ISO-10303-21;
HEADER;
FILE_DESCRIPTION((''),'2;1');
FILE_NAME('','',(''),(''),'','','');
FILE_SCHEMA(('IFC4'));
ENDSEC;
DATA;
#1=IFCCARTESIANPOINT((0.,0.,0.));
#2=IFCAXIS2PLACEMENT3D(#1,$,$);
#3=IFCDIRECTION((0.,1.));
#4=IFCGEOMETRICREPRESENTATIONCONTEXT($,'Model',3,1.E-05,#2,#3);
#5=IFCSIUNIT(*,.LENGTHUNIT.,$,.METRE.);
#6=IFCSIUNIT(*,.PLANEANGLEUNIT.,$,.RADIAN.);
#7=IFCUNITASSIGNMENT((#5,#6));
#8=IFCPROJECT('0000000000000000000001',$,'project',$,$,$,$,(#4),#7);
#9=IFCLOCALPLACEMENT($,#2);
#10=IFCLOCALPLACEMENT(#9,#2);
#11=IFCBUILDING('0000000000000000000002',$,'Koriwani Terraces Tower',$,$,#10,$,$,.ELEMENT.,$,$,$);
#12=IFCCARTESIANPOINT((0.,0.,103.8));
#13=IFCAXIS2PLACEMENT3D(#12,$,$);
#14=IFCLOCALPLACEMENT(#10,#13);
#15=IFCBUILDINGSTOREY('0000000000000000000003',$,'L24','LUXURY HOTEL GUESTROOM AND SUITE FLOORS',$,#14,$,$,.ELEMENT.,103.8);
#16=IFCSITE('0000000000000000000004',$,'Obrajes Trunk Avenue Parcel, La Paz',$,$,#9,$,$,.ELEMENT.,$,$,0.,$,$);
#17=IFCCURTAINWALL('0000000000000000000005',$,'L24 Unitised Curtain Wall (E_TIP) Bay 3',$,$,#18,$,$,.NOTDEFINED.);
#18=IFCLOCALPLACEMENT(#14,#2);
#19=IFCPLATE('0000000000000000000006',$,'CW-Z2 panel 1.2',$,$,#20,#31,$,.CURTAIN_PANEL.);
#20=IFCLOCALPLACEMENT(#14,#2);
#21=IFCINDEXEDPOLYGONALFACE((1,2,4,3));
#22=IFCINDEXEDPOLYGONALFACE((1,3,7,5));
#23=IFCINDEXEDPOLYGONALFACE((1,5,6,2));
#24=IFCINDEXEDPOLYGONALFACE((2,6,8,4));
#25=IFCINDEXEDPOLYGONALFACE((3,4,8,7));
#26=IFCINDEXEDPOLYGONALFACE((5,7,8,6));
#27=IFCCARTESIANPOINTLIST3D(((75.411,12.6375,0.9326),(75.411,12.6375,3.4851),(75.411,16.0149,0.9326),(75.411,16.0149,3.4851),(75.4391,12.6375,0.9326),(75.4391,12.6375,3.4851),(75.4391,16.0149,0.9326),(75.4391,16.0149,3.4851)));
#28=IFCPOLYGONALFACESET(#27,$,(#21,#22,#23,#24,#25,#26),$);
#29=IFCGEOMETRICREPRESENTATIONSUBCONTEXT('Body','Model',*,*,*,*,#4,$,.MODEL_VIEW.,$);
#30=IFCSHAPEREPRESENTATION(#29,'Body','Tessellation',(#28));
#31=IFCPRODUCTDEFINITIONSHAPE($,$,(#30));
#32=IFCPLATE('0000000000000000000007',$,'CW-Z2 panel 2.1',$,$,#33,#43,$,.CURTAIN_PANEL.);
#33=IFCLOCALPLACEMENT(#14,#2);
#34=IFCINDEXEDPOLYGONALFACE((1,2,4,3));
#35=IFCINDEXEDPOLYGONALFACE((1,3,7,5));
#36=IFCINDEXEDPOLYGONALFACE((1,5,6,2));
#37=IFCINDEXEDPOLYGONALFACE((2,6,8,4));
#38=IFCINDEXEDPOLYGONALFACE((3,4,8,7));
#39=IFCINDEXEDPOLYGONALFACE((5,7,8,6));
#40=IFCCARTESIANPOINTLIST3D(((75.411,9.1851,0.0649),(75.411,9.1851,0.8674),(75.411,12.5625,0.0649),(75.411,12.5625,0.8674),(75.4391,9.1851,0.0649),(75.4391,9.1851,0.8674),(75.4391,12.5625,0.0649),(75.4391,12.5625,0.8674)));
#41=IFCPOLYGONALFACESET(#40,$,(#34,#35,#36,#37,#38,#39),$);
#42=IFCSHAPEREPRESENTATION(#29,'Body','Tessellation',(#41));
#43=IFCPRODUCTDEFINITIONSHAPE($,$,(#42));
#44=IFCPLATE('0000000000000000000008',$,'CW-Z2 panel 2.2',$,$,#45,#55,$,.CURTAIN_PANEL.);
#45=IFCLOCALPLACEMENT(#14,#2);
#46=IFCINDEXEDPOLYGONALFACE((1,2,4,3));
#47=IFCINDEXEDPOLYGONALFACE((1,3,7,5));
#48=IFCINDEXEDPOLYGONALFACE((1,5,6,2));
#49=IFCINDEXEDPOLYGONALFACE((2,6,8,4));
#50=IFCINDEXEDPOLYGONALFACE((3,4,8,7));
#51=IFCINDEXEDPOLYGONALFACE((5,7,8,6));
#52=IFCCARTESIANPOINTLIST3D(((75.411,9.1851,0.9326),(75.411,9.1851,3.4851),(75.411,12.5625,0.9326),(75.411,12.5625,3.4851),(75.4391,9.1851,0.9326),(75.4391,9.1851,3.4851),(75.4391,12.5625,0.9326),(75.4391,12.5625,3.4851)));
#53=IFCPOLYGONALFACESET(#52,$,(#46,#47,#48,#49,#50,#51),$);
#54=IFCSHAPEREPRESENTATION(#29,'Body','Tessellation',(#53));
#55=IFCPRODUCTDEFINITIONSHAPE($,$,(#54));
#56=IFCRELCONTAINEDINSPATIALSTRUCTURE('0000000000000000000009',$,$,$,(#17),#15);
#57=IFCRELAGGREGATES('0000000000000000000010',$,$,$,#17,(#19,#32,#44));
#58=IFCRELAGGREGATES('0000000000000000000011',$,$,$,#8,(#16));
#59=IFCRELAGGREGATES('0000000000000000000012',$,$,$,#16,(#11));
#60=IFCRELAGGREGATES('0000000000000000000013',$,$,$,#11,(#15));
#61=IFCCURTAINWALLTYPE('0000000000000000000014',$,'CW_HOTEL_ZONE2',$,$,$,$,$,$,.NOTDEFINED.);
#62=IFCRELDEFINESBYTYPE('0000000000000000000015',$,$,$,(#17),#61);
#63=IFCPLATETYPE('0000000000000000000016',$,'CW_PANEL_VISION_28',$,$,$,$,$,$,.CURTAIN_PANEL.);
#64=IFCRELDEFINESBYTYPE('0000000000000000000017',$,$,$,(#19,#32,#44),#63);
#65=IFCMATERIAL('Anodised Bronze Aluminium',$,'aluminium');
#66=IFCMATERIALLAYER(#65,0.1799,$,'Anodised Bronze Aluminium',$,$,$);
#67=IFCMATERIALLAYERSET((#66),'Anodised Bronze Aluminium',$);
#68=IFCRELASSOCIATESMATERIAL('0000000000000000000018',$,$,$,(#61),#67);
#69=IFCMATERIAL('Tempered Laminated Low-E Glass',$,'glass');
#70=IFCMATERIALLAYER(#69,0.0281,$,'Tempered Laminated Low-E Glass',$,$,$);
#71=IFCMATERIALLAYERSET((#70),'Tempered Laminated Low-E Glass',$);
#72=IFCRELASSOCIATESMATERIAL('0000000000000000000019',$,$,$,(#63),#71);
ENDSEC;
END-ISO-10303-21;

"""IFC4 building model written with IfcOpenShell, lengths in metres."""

from ifc_helpers import new_model, si_unit, direction, frame, origin, origin_2d, place, context, subcontext, project, spatial, rectangle, extrude, material, layer, layer_set, type_object, element, aggregate, save


model = new_model("IFC4")

# Units and contexts
model_context = context("Model", 3, precision=1e-05, world=origin(), true_north=direction((0.0, 1.0)))
body_context = subcontext(model_context, "Body", "Model", "MODEL_VIEW")
ifc_project = project(units=[si_unit("LENGTHUNIT", "METRE"), si_unit("PLANEANGLEUNIT", "RADIAN")], contexts=[model_context])

# Site, building, storey
site_placement = place(None, origin())
site = spatial("IfcSite", under=ifc_project, at=site_placement, Name="Obrajes Trunk Avenue Parcel, La Paz", CompositionType="ELEMENT", RefElevation=0.0)
building_placement = place(site_placement, origin())
building = spatial("IfcBuilding", under=site, at=building_placement, Name="Koriwani Terraces Tower", CompositionType="ELEMENT")
storey_placement = place(building_placement, frame((0.0, 0.0, 103.8)))
storey = spatial("IfcBuildingStorey", under=building, at=storey_placement, Name="L24", Description="LUXURY HOTEL GUESTROOM AND SUITE FLOORS", CompositionType="ELEMENT", Elevation=103.8)

# Curtain wall
ifc_material_1 = material(Name="Anodised Bronze Aluminium", Category="aluminium")
ifc_layer_1 = layer(ifc_material_1, 0.1799, Name="Anodised Bronze Aluminium")
ifc_layer_set_1 = layer_set([ifc_layer_1], Name="Anodised Bronze Aluminium")
curtain_wall_type = type_object("IfcCurtainWallType", Name="CW_HOTEL_ZONE2", PredefinedType="NOTDEFINED", material=ifc_layer_set_1)
curtain_wall_1_placement = place(storey_placement, origin())
curtain_wall_1 = element("IfcCurtainWall", 1, at=curtain_wall_1_placement, inside=storey, type_object=curtain_wall_type, Name="L24 Unitised Curtain Wall (E_TIP) Bay 3", PredefinedType="NOTDEFINED")

# Plates
ifc_material_2 = material(Name="Tempered Laminated Low-E Glass", Category="glass")
ifc_layer_2 = layer(ifc_material_2, 0.0281, Name="Tempered Laminated Low-E Glass")
ifc_layer_set_2 = layer_set([ifc_layer_2], Name="Tempered Laminated Low-E Glass")
plate_type = type_object("IfcPlateType", Name="CW_PANEL_VISION_28", PredefinedType="CURTAIN_PANEL", material=ifc_layer_set_2)
plate_1_placement = place(storey_placement, frame((75.425, 14.3262, 0.9326), z_axis=(0.0, 0.0, 1.0), x_axis=(0.0, -1.0, 0.0)))
plate_1 = element("IfcPlate", 2, at=plate_1_placement, type_object=plate_type, Name="CW-Z2 panel 1.2", PredefinedType="CURTAIN_PANEL", context=body_context, shape_type="SweptSolid", body=[
    extrude(rectangle(XDim=3.3774, YDim=0.0281, at=origin_2d()), origin(), (0.0, 0.0, 1.0), 2.5525),
])
plate_2_placement = place(storey_placement, frame((75.425, 10.8738, 0.0649), z_axis=(0.0, 0.0, 1.0), x_axis=(0.0, -1.0, 0.0)))
plate_2 = element("IfcPlate", 3, at=plate_2_placement, type_object=plate_type, Name="CW-Z2 panel 2.1", PredefinedType="CURTAIN_PANEL", context=body_context, shape_type="SweptSolid", body=[
    extrude(rectangle(XDim=3.3774, YDim=0.0281, at=origin_2d()), origin(), (0.0, 0.0, 1.0), 0.8025),
])
plate_3_placement = place(storey_placement, frame((75.425, 10.8738, 0.9326), z_axis=(0.0, 0.0, 1.0), x_axis=(0.0, -1.0, 0.0)))
plate_3 = element("IfcPlate", 4, at=plate_3_placement, type_object=plate_type, Name="CW-Z2 panel 2.2", PredefinedType="CURTAIN_PANEL", context=body_context, shape_type="SweptSolid", body=[
    extrude(rectangle(XDim=3.3774, YDim=0.0281, at=origin_2d()), origin(), (0.0, 0.0, 1.0), 2.5525),
])
aggregate(curtain_wall_1, [plate_1, plate_2, plate_3])

save(model, "model.ifc")
